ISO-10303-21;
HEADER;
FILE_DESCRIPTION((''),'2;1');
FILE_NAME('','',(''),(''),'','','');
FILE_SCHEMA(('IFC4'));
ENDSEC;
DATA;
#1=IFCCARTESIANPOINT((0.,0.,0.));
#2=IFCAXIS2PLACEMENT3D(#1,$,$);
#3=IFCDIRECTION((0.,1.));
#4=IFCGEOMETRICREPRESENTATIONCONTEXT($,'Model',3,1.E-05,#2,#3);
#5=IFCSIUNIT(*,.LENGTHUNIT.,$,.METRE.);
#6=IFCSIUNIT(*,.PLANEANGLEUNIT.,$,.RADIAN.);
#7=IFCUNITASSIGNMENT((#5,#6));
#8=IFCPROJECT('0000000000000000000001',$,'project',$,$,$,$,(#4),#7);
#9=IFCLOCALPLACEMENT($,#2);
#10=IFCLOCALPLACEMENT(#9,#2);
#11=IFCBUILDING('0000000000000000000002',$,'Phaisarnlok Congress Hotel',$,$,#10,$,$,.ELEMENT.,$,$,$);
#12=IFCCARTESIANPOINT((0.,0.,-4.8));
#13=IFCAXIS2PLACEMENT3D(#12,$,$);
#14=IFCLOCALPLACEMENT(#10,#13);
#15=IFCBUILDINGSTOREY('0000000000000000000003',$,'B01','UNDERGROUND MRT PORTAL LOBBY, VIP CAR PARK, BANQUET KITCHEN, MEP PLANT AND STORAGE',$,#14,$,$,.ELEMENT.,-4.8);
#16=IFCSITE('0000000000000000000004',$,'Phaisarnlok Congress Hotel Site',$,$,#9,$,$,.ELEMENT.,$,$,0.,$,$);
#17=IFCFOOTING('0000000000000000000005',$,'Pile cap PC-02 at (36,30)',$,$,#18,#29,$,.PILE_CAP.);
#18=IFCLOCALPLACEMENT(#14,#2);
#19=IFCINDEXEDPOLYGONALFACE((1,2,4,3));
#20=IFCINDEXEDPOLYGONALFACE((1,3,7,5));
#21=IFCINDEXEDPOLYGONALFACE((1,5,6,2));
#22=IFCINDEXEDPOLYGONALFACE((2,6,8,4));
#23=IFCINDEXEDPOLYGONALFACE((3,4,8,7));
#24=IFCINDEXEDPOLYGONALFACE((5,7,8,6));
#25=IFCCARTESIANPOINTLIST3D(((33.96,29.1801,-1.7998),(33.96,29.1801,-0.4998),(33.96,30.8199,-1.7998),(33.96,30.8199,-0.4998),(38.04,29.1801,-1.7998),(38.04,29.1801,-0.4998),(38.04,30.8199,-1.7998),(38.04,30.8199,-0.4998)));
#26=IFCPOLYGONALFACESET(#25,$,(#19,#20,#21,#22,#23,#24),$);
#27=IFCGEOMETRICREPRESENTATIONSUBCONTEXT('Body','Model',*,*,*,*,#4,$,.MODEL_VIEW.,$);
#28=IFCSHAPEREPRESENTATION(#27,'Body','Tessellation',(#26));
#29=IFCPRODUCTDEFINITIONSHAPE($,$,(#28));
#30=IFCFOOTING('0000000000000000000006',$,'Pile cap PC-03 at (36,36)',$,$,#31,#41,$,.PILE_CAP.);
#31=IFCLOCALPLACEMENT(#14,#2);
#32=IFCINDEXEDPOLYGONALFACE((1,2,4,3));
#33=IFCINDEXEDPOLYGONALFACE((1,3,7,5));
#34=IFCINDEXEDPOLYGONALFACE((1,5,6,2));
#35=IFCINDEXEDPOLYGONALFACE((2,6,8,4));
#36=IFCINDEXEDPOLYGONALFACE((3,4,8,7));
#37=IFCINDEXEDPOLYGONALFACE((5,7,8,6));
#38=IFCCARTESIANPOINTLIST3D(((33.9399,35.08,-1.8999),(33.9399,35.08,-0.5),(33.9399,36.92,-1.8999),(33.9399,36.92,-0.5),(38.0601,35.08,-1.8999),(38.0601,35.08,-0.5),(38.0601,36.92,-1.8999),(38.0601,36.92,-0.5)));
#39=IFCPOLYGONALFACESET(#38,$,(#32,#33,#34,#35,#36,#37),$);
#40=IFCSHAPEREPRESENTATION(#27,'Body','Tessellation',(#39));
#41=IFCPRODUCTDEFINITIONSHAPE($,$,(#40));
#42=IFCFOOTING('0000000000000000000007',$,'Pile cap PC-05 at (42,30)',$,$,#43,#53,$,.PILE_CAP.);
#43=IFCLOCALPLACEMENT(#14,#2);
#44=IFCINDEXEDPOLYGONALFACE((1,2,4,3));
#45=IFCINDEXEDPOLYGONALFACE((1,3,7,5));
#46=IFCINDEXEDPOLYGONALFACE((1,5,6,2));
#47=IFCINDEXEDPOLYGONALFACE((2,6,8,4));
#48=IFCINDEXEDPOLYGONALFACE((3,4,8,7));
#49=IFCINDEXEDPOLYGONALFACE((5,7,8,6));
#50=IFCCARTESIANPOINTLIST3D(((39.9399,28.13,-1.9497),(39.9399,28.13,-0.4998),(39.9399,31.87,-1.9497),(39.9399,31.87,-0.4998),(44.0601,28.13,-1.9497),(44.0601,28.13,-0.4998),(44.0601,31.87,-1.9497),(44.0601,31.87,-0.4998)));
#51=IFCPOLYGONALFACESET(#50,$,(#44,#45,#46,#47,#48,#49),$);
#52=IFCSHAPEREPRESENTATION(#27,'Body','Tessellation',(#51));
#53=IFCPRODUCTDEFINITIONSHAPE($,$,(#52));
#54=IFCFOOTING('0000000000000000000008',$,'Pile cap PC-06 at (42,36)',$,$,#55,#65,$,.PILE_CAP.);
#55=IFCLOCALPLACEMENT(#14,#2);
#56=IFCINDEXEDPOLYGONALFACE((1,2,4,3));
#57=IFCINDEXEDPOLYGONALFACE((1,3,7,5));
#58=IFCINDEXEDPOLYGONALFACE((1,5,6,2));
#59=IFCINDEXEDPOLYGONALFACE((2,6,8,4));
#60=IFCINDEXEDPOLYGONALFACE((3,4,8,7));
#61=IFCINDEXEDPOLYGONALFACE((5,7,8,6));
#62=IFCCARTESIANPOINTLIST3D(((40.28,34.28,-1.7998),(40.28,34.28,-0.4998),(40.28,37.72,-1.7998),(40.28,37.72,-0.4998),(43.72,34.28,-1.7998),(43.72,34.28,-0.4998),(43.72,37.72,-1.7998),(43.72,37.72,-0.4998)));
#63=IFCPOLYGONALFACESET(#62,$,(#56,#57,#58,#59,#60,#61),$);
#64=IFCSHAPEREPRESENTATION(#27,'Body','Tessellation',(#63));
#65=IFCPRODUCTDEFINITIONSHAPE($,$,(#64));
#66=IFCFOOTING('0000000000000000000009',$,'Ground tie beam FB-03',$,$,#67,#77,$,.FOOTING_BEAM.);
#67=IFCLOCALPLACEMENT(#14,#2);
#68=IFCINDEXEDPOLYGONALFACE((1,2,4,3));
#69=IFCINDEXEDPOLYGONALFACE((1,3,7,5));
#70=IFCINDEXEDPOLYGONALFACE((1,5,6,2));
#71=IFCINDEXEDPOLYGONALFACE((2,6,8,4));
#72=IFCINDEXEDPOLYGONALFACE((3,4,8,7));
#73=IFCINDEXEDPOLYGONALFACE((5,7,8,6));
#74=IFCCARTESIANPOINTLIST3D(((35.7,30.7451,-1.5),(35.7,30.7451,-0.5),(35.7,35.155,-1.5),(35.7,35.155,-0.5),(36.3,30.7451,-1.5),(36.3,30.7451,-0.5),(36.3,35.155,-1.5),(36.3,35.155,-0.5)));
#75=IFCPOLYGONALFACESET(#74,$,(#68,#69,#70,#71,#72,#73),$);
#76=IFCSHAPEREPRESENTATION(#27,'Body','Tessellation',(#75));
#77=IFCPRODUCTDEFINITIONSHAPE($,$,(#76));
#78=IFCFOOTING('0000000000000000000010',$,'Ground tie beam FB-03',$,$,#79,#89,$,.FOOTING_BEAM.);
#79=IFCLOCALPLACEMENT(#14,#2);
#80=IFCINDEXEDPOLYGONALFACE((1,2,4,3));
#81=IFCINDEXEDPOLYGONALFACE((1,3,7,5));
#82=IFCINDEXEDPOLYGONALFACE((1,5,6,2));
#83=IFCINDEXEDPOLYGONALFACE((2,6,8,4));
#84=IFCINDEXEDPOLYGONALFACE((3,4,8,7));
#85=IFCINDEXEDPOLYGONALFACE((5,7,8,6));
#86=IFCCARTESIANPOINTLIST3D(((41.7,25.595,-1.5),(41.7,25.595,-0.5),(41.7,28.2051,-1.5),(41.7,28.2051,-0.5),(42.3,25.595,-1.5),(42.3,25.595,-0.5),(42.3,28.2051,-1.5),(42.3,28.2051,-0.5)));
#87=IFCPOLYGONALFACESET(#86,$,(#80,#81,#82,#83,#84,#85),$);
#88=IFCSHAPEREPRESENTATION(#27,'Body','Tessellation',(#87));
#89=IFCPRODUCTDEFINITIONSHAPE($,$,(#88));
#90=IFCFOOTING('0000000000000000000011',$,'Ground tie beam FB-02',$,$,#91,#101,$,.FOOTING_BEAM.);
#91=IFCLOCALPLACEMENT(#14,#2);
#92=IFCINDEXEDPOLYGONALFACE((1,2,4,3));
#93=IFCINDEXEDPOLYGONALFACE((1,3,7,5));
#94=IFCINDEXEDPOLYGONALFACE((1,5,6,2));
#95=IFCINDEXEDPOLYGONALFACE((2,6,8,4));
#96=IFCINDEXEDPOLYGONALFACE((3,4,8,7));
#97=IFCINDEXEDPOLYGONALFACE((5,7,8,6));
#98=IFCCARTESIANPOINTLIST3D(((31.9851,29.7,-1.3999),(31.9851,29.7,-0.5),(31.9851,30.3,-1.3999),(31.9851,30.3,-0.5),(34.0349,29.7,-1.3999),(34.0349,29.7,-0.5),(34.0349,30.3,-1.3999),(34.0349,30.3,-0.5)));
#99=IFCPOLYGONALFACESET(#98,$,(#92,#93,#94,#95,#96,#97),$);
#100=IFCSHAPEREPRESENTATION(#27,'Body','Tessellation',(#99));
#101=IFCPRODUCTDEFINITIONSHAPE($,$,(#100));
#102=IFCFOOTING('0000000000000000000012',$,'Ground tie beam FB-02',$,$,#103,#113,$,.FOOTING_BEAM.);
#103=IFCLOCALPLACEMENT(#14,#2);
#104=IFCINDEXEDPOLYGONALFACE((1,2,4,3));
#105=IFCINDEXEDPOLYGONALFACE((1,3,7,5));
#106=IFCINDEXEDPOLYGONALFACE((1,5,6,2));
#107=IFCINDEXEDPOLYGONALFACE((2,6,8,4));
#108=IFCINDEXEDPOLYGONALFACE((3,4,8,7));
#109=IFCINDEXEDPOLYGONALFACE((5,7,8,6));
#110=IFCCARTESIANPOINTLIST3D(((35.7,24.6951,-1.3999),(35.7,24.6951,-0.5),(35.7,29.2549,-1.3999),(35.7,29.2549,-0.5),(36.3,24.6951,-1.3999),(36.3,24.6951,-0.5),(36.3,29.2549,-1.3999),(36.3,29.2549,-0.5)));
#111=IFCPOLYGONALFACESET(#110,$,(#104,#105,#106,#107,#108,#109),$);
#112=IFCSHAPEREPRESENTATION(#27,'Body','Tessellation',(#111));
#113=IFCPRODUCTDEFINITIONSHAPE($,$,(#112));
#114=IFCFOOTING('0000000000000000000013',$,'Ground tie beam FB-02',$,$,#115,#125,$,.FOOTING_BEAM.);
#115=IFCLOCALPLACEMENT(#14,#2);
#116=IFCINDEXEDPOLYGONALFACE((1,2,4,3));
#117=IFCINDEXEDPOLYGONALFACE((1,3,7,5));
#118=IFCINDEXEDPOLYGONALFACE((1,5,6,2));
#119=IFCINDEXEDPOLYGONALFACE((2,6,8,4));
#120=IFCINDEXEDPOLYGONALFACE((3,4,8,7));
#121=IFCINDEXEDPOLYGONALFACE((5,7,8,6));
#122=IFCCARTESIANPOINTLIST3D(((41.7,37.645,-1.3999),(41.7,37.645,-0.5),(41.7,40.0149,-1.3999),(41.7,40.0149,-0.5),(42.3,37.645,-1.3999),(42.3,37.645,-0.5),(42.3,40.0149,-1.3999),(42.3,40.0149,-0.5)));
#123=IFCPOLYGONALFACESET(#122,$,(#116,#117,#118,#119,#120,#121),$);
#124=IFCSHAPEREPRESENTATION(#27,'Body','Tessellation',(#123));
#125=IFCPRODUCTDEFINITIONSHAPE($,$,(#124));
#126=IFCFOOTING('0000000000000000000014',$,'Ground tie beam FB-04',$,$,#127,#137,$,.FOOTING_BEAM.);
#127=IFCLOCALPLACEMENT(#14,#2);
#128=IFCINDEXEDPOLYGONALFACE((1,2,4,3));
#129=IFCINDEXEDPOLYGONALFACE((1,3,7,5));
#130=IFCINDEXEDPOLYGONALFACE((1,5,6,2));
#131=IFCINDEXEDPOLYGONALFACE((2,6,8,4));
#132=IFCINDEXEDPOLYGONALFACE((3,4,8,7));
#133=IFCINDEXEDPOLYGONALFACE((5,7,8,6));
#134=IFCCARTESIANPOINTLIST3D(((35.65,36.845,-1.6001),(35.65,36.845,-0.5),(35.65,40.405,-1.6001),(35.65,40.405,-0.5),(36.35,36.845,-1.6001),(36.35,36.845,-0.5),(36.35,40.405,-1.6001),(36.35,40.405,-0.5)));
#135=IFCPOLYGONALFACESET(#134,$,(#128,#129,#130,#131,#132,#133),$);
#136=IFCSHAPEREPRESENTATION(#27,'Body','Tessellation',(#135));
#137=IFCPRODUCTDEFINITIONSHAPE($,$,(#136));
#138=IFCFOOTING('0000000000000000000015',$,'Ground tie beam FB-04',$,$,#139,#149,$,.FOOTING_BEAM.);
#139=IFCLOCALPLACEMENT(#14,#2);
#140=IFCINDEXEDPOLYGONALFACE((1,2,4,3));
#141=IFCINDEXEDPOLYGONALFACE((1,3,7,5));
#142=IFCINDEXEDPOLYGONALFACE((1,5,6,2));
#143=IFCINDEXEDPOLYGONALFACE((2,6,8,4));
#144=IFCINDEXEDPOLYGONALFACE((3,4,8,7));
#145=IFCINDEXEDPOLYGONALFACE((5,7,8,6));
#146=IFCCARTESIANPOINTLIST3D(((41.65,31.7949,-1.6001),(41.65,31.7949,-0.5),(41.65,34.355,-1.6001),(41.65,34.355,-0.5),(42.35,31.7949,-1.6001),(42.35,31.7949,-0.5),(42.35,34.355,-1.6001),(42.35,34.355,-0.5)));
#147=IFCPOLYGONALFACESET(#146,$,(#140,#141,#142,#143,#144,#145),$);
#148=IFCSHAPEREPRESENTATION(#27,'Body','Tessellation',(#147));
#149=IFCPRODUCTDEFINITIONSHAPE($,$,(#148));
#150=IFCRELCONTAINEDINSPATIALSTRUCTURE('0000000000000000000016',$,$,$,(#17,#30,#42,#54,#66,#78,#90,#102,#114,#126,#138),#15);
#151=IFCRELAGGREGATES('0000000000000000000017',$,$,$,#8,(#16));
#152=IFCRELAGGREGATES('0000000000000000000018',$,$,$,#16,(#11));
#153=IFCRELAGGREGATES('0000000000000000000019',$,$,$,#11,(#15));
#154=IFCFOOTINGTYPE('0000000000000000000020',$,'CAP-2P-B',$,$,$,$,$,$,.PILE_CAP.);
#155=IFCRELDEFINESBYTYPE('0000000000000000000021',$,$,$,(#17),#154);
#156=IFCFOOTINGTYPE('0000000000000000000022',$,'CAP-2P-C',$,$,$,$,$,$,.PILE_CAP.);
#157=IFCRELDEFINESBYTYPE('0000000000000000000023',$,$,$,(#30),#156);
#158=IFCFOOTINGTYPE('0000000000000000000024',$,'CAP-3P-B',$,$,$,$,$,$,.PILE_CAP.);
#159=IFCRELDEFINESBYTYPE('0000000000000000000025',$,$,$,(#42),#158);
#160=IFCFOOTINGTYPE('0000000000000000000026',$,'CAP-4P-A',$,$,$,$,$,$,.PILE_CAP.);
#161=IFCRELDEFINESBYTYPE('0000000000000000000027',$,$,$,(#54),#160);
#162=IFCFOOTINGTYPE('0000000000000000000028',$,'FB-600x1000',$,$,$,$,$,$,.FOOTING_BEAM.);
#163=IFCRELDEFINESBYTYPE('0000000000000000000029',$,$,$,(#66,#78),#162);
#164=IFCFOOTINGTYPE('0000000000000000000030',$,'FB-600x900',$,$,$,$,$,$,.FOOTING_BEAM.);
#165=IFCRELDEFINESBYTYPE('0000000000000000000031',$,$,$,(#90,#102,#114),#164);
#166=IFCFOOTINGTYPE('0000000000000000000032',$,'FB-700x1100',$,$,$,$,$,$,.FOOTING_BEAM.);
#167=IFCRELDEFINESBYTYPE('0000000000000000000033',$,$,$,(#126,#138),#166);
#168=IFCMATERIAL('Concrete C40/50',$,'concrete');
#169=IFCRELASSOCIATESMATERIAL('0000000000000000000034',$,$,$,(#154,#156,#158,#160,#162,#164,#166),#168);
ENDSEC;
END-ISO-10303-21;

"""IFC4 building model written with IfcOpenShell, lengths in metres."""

from ifc_helpers import new_model, si_unit, direction, frame, origin, origin_2d, place, context, subcontext, project, spatial, rectangle, extrude, material, material_profile, profile_set, type_object, element, save


model = new_model("IFC4")

# Units and contexts
model_context = context("Model", 3, precision=1e-05, world=origin(), true_north=direction((0.0, 1.0)))
body_context = subcontext(model_context, "Body", "Model", "MODEL_VIEW")
ifc_project = project(units=[si_unit("LENGTHUNIT", "METRE"), si_unit("PLANEANGLEUNIT", "RADIAN")], contexts=[model_context])

# Site, building, storey
site_placement = place(None, origin())
site = spatial("IfcSite", under=ifc_project, at=site_placement, Name="Phaisarnlok Congress Hotel Site", CompositionType="ELEMENT", RefElevation=0.0)
building_placement = place(site_placement, origin())
building = spatial("IfcBuilding", under=site, at=building_placement, Name="Phaisarnlok Congress Hotel", CompositionType="ELEMENT")
storey_placement = place(building_placement, frame((0.0, 0.0, -4.8)))
storey = spatial("IfcBuildingStorey", under=building, at=storey_placement, Name="B01", Description="UNDERGROUND MRT PORTAL LOBBY, VIP CAR PARK, BANQUET KITCHEN, MEP PLANT AND STORAGE", CompositionType="ELEMENT", Elevation=-4.8)

# Footings
ifc_material_1 = material(Name="Concrete C40/50", Category="concrete")
footing_type_1 = type_object("IfcFootingType", Name="CAP-2P-B", PredefinedType="PILE_CAP", material=ifc_material_1)
footing_1_placement = place(storey_placement, frame((36.0, 30.0, -1.7998), z_axis=(0.0, 0.0, 1.0), x_axis=(1.0, 0.0, 0.0)))
element("IfcFooting", 1, at=footing_1_placement, inside=storey, type_object=footing_type_1, Name="Pile cap PC-02 at (36,30)", PredefinedType="PILE_CAP", context=body_context, shape_type="SweptSolid", body=[
    extrude(rectangle(XDim=4.0801, YDim=1.6399, at=origin_2d()), origin(), (0.0, 0.0, 1.0), 1.3),
])
footing_type_2 = type_object("IfcFootingType", Name="CAP-2P-C", PredefinedType="PILE_CAP", material=ifc_material_1)
footing_2_placement = place(storey_placement, frame((36.0, 36.0, -1.8999), z_axis=(0.0, 0.0, 1.0), x_axis=(1.0, 0.0, 0.0)))
element("IfcFooting", 2, at=footing_2_placement, inside=storey, type_object=footing_type_2, Name="Pile cap PC-03 at (36,36)", PredefinedType="PILE_CAP", context=body_context, shape_type="SweptSolid", body=[
    extrude(rectangle(XDim=4.1201, YDim=1.8401, at=origin_2d()), origin(), (0.0, 0.0, 1.0), 1.3999),
])
footing_type_3 = type_object("IfcFootingType", Name="CAP-3P-B", PredefinedType="PILE_CAP", material=ifc_material_1)
footing_3_placement = place(storey_placement, frame((42.0, 30.0, -1.9497), z_axis=(0.0, 0.0, 1.0), x_axis=(1.0, 0.0, 0.0)))
element("IfcFooting", 3, at=footing_3_placement, inside=storey, type_object=footing_type_3, Name="Pile cap PC-05 at (42,30)", PredefinedType="PILE_CAP", context=body_context, shape_type="SweptSolid", body=[
    extrude(rectangle(XDim=4.1201, YDim=3.74, at=origin_2d()), origin(), (0.0, 0.0, 1.0), 1.45),
])
footing_type_4 = type_object("IfcFootingType", Name="CAP-4P-A", PredefinedType="PILE_CAP", material=ifc_material_1)
footing_4_placement = place(storey_placement, frame((42.0, 36.0, -1.7998), z_axis=(0.0, 0.0, 1.0), x_axis=(1.0, 0.0, 0.0)))
element("IfcFooting", 4, at=footing_4_placement, inside=storey, type_object=footing_type_4, Name="Pile cap PC-06 at (42,36)", PredefinedType="PILE_CAP", context=body_context, shape_type="SweptSolid", body=[
    extrude(rectangle(XDim=3.4399, YDim=3.4399, at=origin_2d()), origin(), (0.0, 0.0, 1.0), 1.3),
])
ifc_material_profile_1 = material_profile(ifc_material_1, rectangle(XDim=0.6001, YDim=1.0, at=origin_2d()), Name="FB-600x1000")
ifc_profile_set_1 = profile_set([ifc_material_profile_1], Name="Concrete C40/50")
footing_type_5 = type_object("IfcFootingType", Name="FB-600x1000", PredefinedType="FOOTING_BEAM", material=ifc_profile_set_1)
footing_5_placement = place(storey_placement, frame((36.0, 30.7451, -1.0), z_axis=(0.0, 1.0, 0.0), x_axis=(-1.0, 0.0, 0.0)))
element("IfcFooting", 5, at=footing_5_placement, inside=storey, type_object=footing_type_5, Name="Ground tie beam FB-03", PredefinedType="FOOTING_BEAM", context=body_context, shape_type="SweptSolid", body=[
    extrude(rectangle(XDim=0.6001, YDim=1.0, at=origin_2d()), origin(), (0.0, 0.0, 1.0), 4.4099),
])
footing_6_placement = place(storey_placement, frame((42.0, 25.595, -1.0), z_axis=(0.0, 1.0, 0.0), x_axis=(-1.0, 0.0, 0.0)))
element("IfcFooting", 6, at=footing_6_placement, inside=storey, type_object=footing_type_5, Name="Ground tie beam FB-03", PredefinedType="FOOTING_BEAM", context=body_context, shape_type="SweptSolid", body=[
    extrude(rectangle(XDim=0.6001, YDim=1.0, at=origin_2d()), origin(), (0.0, 0.0, 1.0), 2.6101),
])
ifc_material_profile_2 = material_profile(ifc_material_1, rectangle(XDim=0.6001, YDim=0.8999, at=origin_2d()), Name="FB-600x900")
ifc_profile_set_2 = profile_set([ifc_material_profile_2], Name="Concrete C40/50")
footing_type_6 = type_object("IfcFootingType", Name="FB-600x900", PredefinedType="FOOTING_BEAM", material=ifc_profile_set_2)
footing_7_placement = place(storey_placement, frame((31.9851, 30.0, -0.95), z_axis=(1.0, 0.0, 0.0), x_axis=(0.0, 1.0, 0.0)))
element("IfcFooting", 7, at=footing_7_placement, inside=storey, type_object=footing_type_6, Name="Ground tie beam FB-02", PredefinedType="FOOTING_BEAM", context=body_context, shape_type="SweptSolid", body=[
    extrude(rectangle(XDim=0.6001, YDim=0.8999, at=origin_2d()), origin(), (0.0, 0.0, 1.0), 2.0498),
])
footing_8_placement = place(storey_placement, frame((36.0, 24.6951, -0.95), z_axis=(0.0, 1.0, 0.0), x_axis=(-1.0, 0.0, 0.0)))
element("IfcFooting", 8, at=footing_8_placement, inside=storey, type_object=footing_type_6, Name="Ground tie beam FB-02", PredefinedType="FOOTING_BEAM", context=body_context, shape_type="SweptSolid", body=[
    extrude(rectangle(XDim=0.6001, YDim=0.8999, at=origin_2d()), origin(), (0.0, 0.0, 1.0), 4.5598),
])
footing_9_placement = place(storey_placement, frame((42.0, 37.645, -0.95), z_axis=(0.0, 1.0, 0.0), x_axis=(-1.0, 0.0, 0.0)))
element("IfcFooting", 9, at=footing_9_placement, inside=storey, type_object=footing_type_6, Name="Ground tie beam FB-02", PredefinedType="FOOTING_BEAM", context=body_context, shape_type="SweptSolid", body=[
    extrude(rectangle(XDim=0.6001, YDim=0.8999, at=origin_2d()), origin(), (0.0, 0.0, 1.0), 2.3699),
])
ifc_material_profile_3 = material_profile(ifc_material_1, rectangle(XDim=0.7, YDim=1.1001, at=origin_2d()), Name="FB-700x1100")
ifc_profile_set_3 = profile_set([ifc_material_profile_3], Name="Concrete C40/50")
footing_type_7 = type_object("IfcFootingType", Name="FB-700x1100", PredefinedType="FOOTING_BEAM", material=ifc_profile_set_3)
footing_10_placement = place(storey_placement, frame((36.0, 36.845, -1.05), z_axis=(0.0, 1.0, 0.0), x_axis=(-1.0, 0.0, 0.0)))
element("IfcFooting", 10, at=footing_10_placement, inside=storey, type_object=footing_type_7, Name="Ground tie beam FB-04", PredefinedType="FOOTING_BEAM", context=body_context, shape_type="SweptSolid", body=[
    extrude(rectangle(XDim=0.7, YDim=1.1001, at=origin_2d()), origin(), (0.0, 0.0, 1.0), 3.5601),
])
footing_11_placement = place(storey_placement, frame((42.0, 31.7949, -1.05), z_axis=(0.0, 1.0, 0.0), x_axis=(-1.0, 0.0, 0.0)))
element("IfcFooting", 11, at=footing_11_placement, inside=storey, type_object=footing_type_7, Name="Ground tie beam FB-04", PredefinedType="FOOTING_BEAM", context=body_context, shape_type="SweptSolid", body=[
    extrude(rectangle(XDim=0.7, YDim=1.1001, at=origin_2d()), origin(), (0.0, 0.0, 1.0), 2.5601),
])

save(model, "model.ifc")
